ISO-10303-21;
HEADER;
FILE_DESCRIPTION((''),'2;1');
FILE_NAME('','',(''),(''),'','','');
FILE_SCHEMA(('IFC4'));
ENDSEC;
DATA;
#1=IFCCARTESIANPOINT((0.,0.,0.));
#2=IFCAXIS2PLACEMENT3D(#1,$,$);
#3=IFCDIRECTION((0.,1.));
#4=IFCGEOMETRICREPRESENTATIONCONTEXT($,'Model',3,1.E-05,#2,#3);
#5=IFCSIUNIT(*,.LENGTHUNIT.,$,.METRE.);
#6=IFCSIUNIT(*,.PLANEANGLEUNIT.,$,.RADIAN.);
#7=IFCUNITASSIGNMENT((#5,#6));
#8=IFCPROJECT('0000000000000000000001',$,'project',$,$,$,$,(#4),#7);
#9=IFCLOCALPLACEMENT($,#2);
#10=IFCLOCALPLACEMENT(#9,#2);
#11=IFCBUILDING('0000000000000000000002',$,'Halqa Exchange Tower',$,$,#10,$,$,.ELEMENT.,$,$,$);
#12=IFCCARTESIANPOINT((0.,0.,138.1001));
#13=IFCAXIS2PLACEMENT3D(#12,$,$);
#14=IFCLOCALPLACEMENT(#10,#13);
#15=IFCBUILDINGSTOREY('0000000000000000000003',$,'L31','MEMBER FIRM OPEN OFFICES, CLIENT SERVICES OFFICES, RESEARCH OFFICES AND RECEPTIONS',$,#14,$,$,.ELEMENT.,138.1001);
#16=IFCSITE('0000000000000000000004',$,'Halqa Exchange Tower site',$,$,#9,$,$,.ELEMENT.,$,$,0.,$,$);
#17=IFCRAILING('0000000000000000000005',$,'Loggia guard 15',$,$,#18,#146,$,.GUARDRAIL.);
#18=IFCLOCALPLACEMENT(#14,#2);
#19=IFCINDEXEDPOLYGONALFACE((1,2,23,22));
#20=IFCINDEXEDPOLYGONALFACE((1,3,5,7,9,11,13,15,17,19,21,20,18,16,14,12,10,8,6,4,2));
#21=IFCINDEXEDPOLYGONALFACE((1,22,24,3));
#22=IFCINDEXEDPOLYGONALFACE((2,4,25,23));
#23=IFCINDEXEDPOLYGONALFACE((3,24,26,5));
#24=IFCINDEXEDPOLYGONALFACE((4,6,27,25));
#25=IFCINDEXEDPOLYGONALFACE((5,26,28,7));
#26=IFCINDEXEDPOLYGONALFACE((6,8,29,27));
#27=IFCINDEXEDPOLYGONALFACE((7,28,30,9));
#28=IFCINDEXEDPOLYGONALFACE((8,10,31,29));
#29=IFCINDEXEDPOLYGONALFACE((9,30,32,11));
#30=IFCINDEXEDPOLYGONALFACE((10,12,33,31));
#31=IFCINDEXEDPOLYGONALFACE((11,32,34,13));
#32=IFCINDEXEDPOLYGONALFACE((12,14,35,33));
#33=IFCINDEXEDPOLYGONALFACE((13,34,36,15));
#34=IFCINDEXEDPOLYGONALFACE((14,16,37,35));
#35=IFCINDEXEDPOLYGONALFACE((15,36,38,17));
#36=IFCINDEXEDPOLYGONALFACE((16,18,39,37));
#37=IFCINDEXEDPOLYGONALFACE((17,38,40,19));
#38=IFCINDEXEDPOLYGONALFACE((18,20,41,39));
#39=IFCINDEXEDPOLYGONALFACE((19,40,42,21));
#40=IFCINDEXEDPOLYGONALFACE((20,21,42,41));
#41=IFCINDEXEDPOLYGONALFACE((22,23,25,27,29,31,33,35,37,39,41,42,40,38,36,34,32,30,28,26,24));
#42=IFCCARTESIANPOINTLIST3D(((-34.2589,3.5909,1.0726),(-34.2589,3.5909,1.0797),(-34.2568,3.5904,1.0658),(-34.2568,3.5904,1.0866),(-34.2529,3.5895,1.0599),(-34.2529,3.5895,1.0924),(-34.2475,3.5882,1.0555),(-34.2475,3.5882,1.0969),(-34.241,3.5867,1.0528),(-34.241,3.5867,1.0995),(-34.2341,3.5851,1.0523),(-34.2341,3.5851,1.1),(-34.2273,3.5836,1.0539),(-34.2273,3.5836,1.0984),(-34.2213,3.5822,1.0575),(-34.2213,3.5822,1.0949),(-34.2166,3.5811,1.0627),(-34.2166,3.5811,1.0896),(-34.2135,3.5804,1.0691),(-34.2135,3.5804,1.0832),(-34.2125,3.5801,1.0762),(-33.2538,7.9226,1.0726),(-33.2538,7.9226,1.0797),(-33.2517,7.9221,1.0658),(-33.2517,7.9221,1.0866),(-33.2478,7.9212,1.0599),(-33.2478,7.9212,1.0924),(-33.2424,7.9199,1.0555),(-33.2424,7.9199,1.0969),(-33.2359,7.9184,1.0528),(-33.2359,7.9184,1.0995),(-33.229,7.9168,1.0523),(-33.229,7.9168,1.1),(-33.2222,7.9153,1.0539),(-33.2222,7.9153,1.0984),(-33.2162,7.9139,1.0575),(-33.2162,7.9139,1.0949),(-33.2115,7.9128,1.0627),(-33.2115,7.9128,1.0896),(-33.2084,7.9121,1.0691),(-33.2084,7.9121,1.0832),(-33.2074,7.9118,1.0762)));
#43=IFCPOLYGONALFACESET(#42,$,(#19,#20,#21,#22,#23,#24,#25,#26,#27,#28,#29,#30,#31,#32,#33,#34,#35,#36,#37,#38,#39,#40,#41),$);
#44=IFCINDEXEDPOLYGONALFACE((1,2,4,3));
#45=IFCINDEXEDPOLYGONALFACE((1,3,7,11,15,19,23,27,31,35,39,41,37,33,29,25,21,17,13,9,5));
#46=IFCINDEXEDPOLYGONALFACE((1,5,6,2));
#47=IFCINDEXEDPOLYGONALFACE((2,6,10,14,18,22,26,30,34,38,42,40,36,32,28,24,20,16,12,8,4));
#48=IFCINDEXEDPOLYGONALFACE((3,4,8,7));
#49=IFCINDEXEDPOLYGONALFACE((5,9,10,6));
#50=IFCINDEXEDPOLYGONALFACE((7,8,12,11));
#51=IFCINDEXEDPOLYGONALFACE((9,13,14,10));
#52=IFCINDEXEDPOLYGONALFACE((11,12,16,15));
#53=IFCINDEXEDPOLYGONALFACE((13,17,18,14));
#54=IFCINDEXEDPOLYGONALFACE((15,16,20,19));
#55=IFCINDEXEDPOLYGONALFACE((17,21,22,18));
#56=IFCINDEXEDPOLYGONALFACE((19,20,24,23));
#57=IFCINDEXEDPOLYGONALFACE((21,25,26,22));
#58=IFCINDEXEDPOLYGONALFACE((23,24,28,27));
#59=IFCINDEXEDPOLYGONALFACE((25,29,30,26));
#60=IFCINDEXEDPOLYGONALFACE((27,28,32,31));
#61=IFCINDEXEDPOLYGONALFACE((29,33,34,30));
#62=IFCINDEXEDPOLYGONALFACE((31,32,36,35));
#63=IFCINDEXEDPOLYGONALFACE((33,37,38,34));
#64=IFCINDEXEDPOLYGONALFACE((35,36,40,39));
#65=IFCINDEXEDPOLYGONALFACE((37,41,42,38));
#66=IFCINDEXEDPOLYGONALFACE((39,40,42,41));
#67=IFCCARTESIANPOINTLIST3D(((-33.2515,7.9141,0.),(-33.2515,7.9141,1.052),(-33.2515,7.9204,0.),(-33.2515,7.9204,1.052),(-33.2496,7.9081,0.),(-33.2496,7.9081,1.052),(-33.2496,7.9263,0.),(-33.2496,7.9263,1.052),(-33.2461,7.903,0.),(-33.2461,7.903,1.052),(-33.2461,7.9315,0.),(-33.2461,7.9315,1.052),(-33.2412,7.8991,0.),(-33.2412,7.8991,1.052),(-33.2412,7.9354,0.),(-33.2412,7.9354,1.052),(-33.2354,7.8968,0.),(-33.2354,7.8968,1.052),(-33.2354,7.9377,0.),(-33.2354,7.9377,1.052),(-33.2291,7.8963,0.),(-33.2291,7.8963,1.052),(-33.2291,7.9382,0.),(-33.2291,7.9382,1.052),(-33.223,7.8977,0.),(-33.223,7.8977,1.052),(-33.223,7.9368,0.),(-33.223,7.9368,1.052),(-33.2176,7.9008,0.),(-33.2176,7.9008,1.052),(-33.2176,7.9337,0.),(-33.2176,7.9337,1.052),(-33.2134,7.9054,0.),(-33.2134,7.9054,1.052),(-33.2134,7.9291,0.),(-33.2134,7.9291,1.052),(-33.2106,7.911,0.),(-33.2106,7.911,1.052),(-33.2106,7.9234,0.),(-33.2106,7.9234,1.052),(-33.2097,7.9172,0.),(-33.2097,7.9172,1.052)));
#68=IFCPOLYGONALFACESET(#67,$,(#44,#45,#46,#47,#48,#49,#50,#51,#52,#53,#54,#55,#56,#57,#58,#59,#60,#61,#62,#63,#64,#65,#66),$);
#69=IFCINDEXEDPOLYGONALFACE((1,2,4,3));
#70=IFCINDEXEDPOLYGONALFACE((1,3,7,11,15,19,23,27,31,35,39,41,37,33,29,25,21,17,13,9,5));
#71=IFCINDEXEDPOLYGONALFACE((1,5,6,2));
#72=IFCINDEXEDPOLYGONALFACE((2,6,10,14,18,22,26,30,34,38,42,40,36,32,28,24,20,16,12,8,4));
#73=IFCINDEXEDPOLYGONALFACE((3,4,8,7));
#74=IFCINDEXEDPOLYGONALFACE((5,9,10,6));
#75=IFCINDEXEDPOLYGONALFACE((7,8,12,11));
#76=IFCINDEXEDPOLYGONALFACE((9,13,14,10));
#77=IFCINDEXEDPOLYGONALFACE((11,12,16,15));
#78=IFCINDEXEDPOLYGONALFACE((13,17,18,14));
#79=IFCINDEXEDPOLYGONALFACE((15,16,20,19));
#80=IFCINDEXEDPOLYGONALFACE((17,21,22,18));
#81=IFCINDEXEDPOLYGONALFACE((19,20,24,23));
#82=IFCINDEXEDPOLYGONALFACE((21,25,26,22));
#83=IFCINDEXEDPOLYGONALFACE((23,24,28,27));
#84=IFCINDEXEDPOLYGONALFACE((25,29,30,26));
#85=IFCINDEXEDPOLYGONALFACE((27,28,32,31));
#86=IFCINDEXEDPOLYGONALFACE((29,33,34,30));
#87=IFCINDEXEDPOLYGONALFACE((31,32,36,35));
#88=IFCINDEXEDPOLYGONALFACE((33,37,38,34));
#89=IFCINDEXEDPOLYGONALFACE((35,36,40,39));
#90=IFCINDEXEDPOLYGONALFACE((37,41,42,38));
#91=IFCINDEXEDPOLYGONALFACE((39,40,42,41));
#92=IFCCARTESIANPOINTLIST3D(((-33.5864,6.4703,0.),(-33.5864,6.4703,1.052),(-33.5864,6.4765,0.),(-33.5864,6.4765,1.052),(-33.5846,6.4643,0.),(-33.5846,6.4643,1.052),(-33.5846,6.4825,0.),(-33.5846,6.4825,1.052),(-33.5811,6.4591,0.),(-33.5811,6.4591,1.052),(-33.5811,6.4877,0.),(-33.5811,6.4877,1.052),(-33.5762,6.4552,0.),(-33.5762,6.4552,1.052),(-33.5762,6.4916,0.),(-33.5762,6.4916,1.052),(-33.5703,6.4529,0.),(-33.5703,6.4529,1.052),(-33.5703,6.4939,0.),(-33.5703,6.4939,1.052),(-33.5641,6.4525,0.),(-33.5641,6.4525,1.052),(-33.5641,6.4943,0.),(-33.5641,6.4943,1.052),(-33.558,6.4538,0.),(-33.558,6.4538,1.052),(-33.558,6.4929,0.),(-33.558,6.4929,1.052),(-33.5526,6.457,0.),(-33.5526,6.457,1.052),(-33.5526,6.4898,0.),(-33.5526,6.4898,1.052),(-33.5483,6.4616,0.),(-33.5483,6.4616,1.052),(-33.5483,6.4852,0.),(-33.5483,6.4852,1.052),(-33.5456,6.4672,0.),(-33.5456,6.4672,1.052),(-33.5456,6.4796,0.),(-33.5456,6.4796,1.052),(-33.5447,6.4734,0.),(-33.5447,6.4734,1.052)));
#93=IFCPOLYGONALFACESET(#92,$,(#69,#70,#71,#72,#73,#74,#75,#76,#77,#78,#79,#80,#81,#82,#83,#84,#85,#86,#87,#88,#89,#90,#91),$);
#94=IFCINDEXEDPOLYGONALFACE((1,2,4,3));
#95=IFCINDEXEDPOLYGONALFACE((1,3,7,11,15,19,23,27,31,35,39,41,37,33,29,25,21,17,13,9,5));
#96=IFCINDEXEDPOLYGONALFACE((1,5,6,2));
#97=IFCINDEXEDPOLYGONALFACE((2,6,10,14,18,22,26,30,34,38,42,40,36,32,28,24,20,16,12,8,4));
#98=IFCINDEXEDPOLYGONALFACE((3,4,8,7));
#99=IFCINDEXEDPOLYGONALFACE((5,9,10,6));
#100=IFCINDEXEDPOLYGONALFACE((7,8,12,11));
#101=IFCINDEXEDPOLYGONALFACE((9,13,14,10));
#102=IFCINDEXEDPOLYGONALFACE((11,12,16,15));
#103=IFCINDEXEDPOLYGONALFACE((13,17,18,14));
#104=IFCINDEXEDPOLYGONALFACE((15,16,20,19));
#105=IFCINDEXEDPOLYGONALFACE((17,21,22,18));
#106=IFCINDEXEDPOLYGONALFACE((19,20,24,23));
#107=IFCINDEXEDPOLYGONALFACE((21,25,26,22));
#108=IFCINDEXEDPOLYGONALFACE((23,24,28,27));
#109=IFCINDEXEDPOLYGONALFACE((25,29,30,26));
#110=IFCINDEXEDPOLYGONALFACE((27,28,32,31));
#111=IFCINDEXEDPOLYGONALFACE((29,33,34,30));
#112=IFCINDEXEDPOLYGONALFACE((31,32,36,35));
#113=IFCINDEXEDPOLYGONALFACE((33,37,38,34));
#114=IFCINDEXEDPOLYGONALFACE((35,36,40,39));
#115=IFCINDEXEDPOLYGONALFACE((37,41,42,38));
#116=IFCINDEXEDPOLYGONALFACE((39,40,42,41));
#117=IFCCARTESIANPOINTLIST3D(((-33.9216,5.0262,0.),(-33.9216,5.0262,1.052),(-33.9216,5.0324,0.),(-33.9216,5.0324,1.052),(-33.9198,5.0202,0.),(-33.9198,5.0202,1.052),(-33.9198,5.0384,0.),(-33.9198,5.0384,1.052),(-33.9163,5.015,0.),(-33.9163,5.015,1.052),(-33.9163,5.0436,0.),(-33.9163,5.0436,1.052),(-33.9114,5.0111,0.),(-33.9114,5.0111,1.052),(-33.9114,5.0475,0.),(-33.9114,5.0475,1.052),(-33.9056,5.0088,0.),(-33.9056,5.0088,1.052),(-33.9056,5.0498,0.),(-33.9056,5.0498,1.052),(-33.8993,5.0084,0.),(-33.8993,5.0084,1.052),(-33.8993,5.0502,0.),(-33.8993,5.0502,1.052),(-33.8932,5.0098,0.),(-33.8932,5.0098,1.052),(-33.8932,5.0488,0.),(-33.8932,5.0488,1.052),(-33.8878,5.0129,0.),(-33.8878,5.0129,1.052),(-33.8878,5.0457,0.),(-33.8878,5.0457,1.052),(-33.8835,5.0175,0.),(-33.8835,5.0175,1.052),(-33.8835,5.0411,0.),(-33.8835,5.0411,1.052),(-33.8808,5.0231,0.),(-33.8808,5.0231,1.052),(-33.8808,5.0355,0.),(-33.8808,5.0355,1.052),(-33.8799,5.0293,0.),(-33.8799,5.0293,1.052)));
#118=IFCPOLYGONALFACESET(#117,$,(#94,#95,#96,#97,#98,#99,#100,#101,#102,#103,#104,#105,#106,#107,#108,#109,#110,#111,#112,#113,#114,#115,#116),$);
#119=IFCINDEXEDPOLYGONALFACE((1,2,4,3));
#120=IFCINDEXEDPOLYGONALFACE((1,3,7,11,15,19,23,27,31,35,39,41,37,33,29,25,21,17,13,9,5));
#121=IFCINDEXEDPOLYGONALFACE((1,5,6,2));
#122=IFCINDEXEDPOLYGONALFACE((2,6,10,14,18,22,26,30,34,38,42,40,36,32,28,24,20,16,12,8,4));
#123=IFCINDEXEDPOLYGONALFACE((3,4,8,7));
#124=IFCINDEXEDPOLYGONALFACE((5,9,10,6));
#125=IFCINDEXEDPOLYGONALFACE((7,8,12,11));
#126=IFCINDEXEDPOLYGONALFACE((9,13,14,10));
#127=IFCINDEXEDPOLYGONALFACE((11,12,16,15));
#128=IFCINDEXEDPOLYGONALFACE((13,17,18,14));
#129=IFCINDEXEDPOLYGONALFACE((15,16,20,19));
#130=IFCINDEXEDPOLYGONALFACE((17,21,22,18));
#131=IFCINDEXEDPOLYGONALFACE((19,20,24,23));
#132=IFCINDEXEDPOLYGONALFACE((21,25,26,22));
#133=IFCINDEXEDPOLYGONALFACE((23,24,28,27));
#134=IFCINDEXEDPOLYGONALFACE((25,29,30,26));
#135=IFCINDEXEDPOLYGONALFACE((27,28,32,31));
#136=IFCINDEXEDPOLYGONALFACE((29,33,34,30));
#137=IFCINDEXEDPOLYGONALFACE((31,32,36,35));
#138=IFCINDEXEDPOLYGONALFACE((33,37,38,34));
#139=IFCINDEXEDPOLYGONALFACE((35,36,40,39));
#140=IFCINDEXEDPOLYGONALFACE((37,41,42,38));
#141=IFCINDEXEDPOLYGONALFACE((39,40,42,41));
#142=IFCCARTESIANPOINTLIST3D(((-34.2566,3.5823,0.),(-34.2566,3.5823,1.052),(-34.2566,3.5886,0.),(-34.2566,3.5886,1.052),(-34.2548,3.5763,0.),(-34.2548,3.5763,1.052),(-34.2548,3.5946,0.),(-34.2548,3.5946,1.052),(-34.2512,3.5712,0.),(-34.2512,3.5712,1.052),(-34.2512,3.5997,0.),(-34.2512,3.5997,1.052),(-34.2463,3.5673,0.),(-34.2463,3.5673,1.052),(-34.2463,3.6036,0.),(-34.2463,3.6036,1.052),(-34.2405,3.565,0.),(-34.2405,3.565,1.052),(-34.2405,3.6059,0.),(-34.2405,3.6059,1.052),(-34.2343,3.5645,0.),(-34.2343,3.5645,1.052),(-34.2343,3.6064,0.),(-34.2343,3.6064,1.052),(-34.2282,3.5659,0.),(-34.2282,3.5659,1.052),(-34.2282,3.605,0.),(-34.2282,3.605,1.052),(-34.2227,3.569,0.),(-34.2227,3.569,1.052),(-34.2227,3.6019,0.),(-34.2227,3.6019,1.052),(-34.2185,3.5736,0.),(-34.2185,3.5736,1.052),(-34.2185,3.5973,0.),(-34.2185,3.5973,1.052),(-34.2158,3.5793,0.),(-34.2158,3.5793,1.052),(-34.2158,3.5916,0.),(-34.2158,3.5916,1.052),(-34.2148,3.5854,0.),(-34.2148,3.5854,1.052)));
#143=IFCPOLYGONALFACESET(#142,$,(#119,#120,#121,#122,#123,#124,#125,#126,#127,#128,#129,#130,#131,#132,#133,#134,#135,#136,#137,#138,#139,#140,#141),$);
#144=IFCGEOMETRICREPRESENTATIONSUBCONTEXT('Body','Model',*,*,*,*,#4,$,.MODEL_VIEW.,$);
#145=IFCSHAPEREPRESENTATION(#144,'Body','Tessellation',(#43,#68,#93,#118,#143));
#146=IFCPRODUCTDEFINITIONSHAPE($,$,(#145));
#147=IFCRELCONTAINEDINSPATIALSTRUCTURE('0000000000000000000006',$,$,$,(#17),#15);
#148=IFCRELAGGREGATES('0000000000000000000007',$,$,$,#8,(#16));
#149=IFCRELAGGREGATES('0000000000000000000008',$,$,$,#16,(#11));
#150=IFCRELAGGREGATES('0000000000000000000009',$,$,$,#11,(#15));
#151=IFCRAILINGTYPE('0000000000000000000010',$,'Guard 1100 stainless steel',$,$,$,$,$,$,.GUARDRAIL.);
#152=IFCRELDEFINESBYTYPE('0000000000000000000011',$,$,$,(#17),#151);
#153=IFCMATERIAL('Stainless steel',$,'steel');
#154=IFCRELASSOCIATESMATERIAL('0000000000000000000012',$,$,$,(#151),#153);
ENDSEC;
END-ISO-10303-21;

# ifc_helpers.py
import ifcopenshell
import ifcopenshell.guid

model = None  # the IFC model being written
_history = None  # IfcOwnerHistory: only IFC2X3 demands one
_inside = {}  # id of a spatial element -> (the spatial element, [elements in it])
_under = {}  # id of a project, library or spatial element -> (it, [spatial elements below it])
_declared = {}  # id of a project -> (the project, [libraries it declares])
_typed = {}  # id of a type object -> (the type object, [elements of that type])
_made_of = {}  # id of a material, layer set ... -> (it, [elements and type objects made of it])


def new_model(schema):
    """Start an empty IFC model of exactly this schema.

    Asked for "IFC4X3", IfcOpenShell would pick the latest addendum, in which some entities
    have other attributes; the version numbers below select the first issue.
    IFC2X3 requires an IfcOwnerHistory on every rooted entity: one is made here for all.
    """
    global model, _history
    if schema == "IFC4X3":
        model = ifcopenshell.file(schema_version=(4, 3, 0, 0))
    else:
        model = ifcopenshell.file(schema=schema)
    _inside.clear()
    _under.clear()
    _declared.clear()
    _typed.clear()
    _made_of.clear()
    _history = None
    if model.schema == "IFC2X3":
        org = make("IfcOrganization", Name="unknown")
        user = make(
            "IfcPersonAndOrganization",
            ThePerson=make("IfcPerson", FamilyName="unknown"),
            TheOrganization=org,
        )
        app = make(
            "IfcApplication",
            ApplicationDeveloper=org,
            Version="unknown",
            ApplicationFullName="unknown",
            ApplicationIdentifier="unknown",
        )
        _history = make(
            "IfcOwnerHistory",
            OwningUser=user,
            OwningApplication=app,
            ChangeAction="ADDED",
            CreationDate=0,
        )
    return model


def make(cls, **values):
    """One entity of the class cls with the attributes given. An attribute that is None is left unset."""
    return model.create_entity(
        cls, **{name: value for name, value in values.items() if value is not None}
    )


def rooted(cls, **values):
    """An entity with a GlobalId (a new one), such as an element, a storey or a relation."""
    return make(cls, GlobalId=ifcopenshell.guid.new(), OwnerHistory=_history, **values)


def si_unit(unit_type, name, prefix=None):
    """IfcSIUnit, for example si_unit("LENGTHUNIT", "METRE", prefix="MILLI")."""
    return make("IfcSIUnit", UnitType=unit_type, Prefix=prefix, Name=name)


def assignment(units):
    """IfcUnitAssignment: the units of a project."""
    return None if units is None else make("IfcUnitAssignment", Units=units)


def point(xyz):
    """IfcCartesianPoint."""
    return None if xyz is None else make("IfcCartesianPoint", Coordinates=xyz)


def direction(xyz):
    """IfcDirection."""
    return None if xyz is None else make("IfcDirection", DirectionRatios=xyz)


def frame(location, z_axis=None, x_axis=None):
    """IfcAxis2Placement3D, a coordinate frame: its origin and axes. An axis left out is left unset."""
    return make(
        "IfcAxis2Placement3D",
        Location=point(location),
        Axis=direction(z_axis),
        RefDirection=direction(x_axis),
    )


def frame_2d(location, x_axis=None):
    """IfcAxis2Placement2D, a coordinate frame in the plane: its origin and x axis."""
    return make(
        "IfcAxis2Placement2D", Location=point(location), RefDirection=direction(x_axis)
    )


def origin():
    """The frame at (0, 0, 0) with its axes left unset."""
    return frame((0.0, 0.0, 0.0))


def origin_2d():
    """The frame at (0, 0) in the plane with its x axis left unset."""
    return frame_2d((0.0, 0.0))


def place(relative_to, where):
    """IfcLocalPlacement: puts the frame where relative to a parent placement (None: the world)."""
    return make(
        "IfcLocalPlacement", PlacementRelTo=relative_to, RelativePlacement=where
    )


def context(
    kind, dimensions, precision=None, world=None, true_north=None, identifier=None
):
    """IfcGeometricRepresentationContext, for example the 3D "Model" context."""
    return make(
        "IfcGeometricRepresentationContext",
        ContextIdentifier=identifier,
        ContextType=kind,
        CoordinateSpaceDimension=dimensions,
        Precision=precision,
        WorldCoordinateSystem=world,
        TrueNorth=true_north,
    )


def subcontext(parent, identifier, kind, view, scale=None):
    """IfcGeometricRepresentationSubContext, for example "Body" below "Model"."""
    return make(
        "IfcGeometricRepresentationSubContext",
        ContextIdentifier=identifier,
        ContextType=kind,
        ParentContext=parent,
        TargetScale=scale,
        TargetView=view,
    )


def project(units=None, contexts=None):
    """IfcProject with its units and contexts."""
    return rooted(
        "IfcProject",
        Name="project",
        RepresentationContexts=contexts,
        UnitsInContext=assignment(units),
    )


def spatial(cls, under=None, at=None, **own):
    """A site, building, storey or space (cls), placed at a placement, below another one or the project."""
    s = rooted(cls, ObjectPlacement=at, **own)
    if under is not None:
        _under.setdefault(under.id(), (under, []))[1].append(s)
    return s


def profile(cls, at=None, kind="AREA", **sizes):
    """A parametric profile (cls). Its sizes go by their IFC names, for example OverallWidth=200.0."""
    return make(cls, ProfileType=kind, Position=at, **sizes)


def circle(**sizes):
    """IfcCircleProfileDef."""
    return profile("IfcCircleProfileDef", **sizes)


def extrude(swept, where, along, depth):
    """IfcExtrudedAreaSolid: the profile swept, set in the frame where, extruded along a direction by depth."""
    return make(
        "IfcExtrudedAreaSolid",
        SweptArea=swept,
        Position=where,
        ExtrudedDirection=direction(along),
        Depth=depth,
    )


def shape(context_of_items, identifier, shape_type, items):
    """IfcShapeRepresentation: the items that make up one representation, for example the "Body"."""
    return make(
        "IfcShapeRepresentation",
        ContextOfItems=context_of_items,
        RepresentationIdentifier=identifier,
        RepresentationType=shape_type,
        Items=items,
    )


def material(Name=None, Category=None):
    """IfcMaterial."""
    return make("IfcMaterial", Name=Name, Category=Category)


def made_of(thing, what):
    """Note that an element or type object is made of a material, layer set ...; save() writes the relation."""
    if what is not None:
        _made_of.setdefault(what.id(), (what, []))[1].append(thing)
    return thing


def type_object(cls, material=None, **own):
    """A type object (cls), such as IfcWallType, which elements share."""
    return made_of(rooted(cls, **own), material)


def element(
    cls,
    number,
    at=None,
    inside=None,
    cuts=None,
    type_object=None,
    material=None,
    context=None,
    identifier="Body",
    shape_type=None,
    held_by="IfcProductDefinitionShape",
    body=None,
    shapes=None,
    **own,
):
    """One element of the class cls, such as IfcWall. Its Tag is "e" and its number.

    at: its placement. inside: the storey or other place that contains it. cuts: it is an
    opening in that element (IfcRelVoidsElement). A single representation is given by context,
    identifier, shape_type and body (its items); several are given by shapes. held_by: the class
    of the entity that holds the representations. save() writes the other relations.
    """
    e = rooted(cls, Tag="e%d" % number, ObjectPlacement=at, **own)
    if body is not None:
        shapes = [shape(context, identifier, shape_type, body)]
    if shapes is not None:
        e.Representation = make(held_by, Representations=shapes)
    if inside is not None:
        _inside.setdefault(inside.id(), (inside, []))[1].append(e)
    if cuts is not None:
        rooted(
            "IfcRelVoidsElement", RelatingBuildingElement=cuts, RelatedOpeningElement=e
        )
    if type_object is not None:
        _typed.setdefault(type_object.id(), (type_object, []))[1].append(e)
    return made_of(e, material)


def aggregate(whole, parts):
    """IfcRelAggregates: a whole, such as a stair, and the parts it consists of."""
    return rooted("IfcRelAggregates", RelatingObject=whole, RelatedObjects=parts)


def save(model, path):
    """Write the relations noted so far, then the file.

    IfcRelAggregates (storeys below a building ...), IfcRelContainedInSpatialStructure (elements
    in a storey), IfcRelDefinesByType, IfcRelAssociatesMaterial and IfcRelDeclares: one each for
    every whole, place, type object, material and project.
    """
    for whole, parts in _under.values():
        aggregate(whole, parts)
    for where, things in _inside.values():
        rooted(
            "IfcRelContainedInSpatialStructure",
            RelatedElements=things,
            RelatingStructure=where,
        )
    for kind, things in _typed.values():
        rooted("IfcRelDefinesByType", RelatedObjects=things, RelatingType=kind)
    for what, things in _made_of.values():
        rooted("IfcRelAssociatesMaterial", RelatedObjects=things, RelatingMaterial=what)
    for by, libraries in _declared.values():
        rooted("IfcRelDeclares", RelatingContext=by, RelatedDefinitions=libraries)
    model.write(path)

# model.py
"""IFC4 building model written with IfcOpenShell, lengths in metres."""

from ifc_helpers import new_model, si_unit, direction, frame, origin, origin_2d, place, context, subcontext, project, spatial, circle, extrude, material, type_object, element, save


model = new_model("IFC4")

# Units and contexts
model_context = context("Model", 3, precision=1e-05, world=origin(), true_north=direction((0.0, 1.0)))
body_context = subcontext(model_context, "Body", "Model", "MODEL_VIEW")
ifc_project = project(units=[si_unit("LENGTHUNIT", "METRE"), si_unit("PLANEANGLEUNIT", "RADIAN")], contexts=[model_context])

# Site, building, storey
site_placement = place(None, origin())
site = spatial("IfcSite", under=ifc_project, at=site_placement, Name="Halqa Exchange Tower site", CompositionType="ELEMENT", RefElevation=0.0)
building_placement = place(site_placement, origin())
building = spatial("IfcBuilding", under=site, at=building_placement, Name="Halqa Exchange Tower", CompositionType="ELEMENT")
storey_placement = place(building_placement, frame((0.0, 0.0, 138.1001)))
storey = spatial("IfcBuildingStorey", under=building, at=storey_placement, Name="L31", Description="MEMBER FIRM OPEN OFFICES, CLIENT SERVICES OFFICES, RESEARCH OFFICES AND RECEPTIONS", CompositionType="ELEMENT", Elevation=138.1001)

# Railing
ifc_material_1 = material(Name="Stainless steel", Category="steel")
railing_type = type_object("IfcRailingType", Name="Guard 1100 stainless steel", PredefinedType="GUARDRAIL", material=ifc_material_1)
railing_1_placement = place(storey_placement, frame((-33.2307, 7.9172, 0.0)))
element("IfcRailing", 1, at=railing_1_placement, inside=storey, type_object=railing_type, Name="Loggia guard 15", PredefinedType="GUARDRAIL", context=body_context, shape_type="SweptSolid", body=[
    extrude(circle(Radius=0.0239, at=origin_2d()), frame((0.0, 0.0, 1.0762), z_axis=(-0.22603, -0.97412, 0.0), x_axis=(0.97412, -0.22603, 0.0)), (0.0, 0.0, 1.0), 4.4468),
    extrude(circle(Radius=0.021, at=origin_2d()), origin(), (0.0, 0.0, 1.0), 1.052),
    extrude(circle(Radius=0.021, at=origin_2d()), frame((-0.335, -1.4438, 0.0)), (0.0, 0.0, 1.0), 1.052),
    extrude(circle(Radius=0.021, at=origin_2d()), frame((-0.6702, -2.8879, 0.0)), (0.0, 0.0, 1.0), 1.052),
    extrude(circle(Radius=0.021, at=origin_2d()), frame((-1.0051, -4.3318, 0.0)), (0.0, 0.0, 1.0), 1.052),
])

save(model, "model.ifc")
